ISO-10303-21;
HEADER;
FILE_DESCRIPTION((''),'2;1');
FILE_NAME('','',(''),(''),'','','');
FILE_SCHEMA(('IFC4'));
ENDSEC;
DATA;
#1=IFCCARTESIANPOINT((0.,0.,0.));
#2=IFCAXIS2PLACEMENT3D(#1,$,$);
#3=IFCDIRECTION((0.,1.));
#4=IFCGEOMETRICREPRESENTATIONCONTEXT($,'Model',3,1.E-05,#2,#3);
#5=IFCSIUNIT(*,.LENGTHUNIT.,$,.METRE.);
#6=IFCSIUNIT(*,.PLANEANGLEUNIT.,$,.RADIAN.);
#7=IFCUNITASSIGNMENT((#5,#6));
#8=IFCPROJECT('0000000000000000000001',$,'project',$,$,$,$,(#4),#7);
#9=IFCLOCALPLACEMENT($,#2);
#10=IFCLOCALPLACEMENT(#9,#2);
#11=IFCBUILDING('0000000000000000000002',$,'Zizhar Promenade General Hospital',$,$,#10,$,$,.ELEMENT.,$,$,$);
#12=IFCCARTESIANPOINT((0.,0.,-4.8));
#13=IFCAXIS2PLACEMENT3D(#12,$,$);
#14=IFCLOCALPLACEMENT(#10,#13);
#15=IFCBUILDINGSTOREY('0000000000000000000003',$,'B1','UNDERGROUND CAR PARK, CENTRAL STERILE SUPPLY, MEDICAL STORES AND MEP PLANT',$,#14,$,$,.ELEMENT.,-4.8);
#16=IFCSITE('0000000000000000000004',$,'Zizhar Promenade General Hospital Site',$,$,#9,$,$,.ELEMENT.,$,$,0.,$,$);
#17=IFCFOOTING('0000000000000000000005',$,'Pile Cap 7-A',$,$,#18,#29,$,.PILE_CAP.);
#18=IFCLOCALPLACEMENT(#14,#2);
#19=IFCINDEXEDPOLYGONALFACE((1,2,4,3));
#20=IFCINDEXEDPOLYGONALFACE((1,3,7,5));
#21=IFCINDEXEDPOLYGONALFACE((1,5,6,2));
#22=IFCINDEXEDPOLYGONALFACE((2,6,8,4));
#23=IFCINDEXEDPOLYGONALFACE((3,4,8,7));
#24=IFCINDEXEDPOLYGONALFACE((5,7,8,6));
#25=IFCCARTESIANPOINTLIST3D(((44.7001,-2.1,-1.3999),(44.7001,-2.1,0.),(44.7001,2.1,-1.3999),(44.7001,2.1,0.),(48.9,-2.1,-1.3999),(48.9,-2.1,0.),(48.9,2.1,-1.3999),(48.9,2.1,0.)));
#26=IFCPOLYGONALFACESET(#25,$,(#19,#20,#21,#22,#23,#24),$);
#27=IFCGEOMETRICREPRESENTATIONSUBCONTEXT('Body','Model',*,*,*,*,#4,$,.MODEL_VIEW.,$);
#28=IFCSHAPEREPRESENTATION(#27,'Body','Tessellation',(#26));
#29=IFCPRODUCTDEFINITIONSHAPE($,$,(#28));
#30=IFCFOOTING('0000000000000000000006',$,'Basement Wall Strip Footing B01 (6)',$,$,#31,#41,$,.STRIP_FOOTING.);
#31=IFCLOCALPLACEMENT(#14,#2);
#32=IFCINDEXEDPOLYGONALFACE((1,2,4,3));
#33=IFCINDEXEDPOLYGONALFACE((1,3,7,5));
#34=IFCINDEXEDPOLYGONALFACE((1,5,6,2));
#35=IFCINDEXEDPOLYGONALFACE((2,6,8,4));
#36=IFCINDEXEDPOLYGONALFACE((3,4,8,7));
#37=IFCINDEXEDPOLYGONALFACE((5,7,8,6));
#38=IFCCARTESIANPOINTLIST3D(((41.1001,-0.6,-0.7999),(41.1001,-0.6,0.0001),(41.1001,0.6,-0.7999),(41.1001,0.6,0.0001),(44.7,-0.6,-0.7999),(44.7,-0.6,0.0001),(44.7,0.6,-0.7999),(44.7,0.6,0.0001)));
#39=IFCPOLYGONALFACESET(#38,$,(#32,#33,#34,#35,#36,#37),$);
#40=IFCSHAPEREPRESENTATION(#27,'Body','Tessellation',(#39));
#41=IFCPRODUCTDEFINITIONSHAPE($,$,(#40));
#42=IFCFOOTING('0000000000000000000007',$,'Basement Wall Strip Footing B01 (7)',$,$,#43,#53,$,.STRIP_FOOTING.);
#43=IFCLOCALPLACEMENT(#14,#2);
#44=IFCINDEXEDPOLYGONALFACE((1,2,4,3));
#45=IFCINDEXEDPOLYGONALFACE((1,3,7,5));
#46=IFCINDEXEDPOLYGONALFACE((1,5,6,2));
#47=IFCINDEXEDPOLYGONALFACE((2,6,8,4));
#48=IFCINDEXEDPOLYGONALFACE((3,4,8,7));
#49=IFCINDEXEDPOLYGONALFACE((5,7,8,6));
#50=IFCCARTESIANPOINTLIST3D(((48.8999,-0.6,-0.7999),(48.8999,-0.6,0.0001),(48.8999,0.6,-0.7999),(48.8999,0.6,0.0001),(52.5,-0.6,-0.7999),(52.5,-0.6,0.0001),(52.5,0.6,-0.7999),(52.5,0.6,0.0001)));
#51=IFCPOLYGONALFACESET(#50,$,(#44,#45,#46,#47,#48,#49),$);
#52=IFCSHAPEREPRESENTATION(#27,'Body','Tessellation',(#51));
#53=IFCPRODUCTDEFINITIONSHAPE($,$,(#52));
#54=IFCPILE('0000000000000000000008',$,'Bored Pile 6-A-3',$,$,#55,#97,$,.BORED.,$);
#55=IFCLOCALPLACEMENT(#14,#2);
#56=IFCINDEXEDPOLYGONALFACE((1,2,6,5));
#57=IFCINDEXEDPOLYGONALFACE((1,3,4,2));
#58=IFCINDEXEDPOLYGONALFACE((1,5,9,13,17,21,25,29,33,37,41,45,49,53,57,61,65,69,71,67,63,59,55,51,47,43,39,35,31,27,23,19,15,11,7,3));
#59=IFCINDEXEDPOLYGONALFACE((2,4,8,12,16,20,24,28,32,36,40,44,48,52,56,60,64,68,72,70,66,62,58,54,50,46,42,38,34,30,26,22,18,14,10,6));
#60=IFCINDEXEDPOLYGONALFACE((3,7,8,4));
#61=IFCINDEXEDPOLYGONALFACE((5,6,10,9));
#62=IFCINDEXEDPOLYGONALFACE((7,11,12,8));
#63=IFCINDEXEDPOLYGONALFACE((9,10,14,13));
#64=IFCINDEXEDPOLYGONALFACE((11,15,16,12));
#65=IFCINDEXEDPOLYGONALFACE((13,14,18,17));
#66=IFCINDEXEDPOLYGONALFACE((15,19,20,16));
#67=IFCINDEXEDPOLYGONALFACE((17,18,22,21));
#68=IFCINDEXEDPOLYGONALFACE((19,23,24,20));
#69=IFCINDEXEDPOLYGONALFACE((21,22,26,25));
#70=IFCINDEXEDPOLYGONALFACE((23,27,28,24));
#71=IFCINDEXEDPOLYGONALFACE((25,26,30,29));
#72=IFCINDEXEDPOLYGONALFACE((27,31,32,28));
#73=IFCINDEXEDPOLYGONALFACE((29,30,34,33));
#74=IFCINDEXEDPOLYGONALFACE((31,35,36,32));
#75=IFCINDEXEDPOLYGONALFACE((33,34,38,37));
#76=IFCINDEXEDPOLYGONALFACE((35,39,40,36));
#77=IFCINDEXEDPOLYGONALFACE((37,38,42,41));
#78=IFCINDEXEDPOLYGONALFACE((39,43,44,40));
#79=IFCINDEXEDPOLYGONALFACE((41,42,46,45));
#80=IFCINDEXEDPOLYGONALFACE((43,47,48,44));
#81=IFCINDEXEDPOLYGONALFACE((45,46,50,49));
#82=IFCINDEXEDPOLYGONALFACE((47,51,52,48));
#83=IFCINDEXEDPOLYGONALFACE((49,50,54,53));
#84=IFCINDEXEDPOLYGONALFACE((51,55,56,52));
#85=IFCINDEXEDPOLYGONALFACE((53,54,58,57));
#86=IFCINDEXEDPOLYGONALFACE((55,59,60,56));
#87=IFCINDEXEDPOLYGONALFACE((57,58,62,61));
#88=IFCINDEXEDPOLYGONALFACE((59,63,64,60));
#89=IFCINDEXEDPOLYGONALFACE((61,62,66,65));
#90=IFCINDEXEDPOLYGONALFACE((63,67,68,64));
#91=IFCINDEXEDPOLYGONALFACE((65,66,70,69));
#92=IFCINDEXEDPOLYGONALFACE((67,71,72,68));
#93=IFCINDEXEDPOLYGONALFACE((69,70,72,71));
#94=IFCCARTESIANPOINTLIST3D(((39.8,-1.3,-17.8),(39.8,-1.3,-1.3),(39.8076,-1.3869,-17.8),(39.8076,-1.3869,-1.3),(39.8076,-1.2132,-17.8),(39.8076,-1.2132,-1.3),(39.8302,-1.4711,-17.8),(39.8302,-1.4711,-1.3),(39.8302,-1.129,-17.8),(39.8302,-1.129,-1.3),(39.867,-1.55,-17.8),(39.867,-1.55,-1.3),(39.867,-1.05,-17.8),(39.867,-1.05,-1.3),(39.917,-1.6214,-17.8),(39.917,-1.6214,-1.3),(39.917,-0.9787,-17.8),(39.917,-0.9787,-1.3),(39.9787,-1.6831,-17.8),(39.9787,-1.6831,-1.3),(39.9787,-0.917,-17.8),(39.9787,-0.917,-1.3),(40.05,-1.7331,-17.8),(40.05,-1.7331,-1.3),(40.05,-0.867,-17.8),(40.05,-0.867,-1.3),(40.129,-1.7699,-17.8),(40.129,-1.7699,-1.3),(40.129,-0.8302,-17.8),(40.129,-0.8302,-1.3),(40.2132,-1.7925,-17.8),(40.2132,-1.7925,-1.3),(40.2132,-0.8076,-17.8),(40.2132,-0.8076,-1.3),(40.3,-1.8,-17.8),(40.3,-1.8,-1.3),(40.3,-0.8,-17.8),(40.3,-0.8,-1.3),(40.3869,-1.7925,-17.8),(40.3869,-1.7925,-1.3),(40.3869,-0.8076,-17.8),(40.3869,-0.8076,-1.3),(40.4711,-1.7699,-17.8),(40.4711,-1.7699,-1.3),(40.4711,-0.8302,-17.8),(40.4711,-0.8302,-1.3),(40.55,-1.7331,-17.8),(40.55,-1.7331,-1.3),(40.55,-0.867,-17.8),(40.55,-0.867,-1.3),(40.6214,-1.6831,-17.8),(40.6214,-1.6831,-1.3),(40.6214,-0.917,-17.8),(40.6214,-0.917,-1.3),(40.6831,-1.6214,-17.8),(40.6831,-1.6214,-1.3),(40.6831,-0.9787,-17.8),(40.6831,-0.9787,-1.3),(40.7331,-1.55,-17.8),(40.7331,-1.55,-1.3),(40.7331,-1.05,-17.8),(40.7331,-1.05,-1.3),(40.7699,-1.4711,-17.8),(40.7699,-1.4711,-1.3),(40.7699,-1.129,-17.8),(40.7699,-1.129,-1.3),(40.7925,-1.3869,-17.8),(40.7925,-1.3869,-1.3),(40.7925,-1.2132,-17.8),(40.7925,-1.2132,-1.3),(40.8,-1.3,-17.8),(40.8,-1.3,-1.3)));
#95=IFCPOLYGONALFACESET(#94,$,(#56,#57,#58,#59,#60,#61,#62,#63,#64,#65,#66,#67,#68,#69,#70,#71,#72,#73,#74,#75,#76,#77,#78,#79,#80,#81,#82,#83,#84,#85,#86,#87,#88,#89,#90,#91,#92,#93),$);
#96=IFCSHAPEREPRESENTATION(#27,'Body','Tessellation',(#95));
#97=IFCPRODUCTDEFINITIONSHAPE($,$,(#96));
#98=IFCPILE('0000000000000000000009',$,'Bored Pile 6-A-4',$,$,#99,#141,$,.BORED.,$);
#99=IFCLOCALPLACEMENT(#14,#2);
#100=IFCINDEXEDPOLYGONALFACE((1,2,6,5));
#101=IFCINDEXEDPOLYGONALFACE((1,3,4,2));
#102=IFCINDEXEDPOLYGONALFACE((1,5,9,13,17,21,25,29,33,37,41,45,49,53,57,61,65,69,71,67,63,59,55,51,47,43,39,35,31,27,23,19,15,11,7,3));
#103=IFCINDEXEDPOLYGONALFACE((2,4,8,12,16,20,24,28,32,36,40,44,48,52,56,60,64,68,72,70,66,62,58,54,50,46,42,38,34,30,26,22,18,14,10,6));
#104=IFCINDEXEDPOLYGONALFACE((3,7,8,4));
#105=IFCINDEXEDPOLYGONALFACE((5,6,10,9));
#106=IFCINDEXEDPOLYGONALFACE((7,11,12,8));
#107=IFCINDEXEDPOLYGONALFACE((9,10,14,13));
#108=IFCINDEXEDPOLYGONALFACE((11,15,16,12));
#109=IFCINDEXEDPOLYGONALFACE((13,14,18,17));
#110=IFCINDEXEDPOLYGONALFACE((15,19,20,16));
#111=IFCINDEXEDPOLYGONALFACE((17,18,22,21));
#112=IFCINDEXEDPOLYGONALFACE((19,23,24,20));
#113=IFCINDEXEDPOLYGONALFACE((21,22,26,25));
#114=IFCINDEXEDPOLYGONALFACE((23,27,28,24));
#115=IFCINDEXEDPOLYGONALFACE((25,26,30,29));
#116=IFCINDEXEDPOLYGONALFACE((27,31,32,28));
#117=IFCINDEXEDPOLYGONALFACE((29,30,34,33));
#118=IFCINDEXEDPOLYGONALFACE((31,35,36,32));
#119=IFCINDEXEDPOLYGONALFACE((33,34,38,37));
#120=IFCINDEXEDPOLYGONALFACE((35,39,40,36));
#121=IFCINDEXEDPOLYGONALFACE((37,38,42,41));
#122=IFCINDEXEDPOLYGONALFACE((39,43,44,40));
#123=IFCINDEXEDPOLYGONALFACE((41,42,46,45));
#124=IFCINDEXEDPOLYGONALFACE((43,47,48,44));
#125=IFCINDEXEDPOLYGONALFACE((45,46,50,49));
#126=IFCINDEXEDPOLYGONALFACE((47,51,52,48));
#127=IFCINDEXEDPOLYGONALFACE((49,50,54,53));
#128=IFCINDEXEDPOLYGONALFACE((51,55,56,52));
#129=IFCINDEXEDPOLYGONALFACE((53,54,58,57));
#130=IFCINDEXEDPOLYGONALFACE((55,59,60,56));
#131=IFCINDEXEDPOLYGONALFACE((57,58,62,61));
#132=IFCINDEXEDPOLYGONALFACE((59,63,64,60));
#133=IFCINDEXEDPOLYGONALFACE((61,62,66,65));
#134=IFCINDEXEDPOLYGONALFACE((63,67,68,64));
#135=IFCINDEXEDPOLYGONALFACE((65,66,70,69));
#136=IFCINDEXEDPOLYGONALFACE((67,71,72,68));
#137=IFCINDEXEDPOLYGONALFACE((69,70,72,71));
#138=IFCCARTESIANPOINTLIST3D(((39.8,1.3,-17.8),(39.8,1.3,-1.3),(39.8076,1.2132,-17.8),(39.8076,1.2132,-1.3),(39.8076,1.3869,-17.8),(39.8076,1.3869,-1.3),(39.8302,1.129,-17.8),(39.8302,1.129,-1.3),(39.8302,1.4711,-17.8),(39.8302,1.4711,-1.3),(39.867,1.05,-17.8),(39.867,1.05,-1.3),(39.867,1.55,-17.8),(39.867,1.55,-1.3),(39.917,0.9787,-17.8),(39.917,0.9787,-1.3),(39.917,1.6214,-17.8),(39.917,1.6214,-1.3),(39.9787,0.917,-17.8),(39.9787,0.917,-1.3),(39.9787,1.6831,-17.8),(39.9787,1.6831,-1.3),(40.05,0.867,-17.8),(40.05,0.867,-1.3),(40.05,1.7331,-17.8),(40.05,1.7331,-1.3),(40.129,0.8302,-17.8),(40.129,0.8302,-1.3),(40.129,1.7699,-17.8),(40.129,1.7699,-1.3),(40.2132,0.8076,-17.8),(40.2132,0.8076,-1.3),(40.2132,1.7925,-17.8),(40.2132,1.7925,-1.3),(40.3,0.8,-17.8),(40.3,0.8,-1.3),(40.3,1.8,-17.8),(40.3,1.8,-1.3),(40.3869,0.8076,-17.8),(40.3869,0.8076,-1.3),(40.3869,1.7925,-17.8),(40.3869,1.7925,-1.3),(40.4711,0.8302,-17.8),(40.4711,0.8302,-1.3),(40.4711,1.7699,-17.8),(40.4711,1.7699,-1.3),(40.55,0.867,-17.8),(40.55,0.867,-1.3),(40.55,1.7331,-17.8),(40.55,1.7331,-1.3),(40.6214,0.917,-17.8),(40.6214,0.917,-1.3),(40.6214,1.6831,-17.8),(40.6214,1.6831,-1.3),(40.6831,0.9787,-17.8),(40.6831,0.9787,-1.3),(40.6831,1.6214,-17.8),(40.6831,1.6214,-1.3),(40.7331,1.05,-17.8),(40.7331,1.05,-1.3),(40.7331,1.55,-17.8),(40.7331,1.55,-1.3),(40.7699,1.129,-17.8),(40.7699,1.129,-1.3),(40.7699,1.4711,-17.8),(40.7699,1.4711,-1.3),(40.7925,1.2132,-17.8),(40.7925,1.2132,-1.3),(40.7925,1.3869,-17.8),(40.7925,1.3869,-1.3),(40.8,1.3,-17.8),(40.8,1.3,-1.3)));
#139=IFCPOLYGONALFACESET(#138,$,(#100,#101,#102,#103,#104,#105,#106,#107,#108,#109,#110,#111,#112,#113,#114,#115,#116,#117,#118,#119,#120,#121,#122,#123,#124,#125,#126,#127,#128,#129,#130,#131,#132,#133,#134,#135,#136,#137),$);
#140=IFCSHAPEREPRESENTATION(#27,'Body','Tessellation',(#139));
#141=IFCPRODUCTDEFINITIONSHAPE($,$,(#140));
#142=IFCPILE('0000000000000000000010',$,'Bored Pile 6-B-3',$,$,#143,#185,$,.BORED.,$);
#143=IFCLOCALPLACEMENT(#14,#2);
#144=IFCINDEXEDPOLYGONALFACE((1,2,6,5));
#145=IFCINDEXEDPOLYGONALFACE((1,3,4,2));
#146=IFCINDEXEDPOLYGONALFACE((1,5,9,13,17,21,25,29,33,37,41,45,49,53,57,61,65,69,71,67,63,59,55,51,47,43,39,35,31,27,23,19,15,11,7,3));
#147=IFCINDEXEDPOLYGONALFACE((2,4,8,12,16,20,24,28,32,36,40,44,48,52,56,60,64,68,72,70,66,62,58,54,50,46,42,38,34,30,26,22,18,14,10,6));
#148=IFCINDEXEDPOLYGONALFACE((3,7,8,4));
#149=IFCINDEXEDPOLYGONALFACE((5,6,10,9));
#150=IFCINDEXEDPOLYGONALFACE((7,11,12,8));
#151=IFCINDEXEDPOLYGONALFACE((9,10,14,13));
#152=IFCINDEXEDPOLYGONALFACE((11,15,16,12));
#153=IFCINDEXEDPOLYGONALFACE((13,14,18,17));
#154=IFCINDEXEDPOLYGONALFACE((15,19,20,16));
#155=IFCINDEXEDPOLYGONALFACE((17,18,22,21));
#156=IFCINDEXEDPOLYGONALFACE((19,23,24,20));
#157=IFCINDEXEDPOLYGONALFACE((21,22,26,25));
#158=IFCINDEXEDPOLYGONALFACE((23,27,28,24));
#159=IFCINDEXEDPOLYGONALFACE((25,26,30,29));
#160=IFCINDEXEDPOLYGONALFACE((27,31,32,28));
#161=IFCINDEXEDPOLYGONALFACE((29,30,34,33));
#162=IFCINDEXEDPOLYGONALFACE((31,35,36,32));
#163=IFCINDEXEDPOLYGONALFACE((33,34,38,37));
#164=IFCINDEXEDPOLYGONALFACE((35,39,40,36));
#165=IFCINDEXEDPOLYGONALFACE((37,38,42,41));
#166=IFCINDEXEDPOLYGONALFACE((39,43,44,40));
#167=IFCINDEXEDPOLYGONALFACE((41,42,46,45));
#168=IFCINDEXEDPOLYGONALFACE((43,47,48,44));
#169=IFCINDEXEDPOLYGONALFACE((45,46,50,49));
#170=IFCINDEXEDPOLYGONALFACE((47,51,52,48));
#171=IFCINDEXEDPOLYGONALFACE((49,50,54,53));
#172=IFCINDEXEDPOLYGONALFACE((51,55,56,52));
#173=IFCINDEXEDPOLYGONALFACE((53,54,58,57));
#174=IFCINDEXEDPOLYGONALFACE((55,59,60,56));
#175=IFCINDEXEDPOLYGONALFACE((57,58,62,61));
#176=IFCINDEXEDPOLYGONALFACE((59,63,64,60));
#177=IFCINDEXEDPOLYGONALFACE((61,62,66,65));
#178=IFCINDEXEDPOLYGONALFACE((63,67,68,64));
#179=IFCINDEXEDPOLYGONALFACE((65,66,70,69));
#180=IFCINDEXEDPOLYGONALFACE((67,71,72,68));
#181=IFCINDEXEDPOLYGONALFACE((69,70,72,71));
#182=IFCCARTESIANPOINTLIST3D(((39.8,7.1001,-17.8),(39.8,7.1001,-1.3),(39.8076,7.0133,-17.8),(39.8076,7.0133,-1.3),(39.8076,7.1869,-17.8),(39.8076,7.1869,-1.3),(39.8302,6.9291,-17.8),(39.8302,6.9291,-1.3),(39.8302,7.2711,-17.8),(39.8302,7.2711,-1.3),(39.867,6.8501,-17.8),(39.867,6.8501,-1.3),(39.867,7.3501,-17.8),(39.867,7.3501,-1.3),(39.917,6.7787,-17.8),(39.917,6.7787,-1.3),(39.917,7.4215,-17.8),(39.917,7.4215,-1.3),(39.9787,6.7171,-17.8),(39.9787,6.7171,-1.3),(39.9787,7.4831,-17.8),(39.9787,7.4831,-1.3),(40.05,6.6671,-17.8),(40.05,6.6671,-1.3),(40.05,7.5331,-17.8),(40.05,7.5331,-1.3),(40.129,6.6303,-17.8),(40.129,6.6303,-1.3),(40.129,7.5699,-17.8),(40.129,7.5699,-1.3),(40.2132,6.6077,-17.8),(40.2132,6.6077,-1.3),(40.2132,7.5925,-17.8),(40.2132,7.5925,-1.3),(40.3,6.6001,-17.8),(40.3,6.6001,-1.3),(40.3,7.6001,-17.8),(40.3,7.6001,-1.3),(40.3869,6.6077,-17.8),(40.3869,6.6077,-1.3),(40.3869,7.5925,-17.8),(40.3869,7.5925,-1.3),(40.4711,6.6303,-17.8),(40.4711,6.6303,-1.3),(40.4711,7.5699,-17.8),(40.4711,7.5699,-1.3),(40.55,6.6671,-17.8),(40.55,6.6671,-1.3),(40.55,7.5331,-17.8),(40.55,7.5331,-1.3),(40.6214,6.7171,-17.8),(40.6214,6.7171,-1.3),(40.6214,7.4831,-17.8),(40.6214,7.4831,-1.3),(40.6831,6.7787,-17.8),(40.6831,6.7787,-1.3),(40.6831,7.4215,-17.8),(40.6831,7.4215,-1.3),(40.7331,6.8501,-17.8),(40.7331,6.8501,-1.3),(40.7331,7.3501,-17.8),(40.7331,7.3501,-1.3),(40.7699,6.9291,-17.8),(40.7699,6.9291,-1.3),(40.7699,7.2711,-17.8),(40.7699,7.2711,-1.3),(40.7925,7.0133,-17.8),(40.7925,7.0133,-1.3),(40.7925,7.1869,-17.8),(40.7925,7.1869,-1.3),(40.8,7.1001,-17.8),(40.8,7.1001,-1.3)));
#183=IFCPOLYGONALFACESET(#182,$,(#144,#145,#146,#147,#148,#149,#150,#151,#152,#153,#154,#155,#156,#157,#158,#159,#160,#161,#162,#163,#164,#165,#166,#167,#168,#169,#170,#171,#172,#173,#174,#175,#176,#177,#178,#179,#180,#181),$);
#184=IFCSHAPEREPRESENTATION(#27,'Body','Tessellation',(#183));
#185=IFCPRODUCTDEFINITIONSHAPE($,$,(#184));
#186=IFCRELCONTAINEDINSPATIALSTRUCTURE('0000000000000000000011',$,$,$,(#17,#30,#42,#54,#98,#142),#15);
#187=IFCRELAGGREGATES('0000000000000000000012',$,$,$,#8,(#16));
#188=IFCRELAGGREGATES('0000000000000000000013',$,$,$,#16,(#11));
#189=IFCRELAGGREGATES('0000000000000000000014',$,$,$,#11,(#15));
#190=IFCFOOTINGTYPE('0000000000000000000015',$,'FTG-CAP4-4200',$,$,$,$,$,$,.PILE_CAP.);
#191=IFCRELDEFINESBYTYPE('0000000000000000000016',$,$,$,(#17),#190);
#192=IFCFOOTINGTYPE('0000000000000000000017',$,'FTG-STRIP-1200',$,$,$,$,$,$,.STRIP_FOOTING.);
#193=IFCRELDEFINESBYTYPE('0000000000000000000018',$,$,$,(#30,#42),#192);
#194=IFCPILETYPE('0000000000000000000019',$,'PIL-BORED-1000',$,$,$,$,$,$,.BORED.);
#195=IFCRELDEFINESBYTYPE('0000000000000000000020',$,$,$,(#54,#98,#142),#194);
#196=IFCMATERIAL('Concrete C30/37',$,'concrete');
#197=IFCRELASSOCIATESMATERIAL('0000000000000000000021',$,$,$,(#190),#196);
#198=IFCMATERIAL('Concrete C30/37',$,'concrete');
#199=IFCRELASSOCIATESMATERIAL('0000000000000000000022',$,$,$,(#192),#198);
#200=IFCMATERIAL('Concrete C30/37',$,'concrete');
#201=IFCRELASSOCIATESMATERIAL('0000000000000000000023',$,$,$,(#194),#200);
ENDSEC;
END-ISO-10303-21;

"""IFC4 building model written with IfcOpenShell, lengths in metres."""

from ifc_helpers import new_model, si_unit, direction, frame, origin, origin_2d, place, context, subcontext, project, spatial, rectangle, circle, extrude, material, material_profile, profile_set, type_object, element, save


model = new_model("IFC4")

# Units and contexts
model_context = context("Model", 3, precision=1e-05, world=origin(), true_north=direction((0.0, 1.0)))
body_context = subcontext(model_context, "Body", "Model", "MODEL_VIEW")
ifc_project = project(units=[si_unit("LENGTHUNIT", "METRE"), si_unit("PLANEANGLEUNIT", "RADIAN")], contexts=[model_context])

# Site, building, storey
site_placement = place(None, origin())
site = spatial("IfcSite", under=ifc_project, at=site_placement, Name="Zizhar Promenade General Hospital Site", CompositionType="ELEMENT", RefElevation=0.0)
building_placement = place(site_placement, origin())
building = spatial("IfcBuilding", under=site, at=building_placement, Name="Zizhar Promenade General Hospital", CompositionType="ELEMENT")
storey_placement = place(building_placement, frame((0.0, 0.0, -4.8)))
storey = spatial("IfcBuildingStorey", under=building, at=storey_placement, Name="B1", Description="UNDERGROUND CAR PARK, CENTRAL STERILE SUPPLY, MEDICAL STORES AND MEP PLANT", CompositionType="ELEMENT", Elevation=-4.8)

# Footings
ifc_material_1 = material(Name="Concrete C30/37", Category="concrete")
footing_type_1 = type_object("IfcFootingType", Name="FTG-CAP4-4200", PredefinedType="PILE_CAP", material=ifc_material_1)
footing_1_placement = place(storey_placement, frame((46.8, 0.0, -1.3999), z_axis=(0.0, 0.0, 1.0), x_axis=(1.0, 0.0, 0.0)))
element("IfcFooting", 1, at=footing_1_placement, inside=storey, type_object=footing_type_1, Name="Pile Cap 7-A", PredefinedType="PILE_CAP", context=body_context, shape_type="SweptSolid", body=[
    extrude(rectangle(XDim=4.2, YDim=4.2, at=origin_2d()), origin(), (0.0, 0.0, 1.0), 1.3999),
])
ifc_material_2 = material(Name="Concrete C30/37", Category="concrete")
ifc_material_profile_1 = material_profile(ifc_material_2, rectangle(XDim=1.2, YDim=0.8, at=origin_2d()))
ifc_profile_set_1 = profile_set([ifc_material_profile_1], Name="Concrete C30/37")
footing_type_2 = type_object("IfcFootingType", Name="FTG-STRIP-1200", PredefinedType="STRIP_FOOTING", material=ifc_profile_set_1)
footing_2_placement = place(storey_placement, frame((41.1001, 0.0, -0.3999), z_axis=(1.0, 0.0, 0.0), x_axis=(0.0, 1.0, 0.0)))
element("IfcFooting", 2, at=footing_2_placement, inside=storey, type_object=footing_type_2, Name="Basement Wall Strip Footing B01 (6)", PredefinedType="STRIP_FOOTING", context=body_context, shape_type="SweptSolid", body=[
    extrude(rectangle(XDim=1.2, YDim=0.8, at=origin_2d()), origin(), (0.0, 0.0, 1.0), 3.5999),
])
footing_3_placement = place(storey_placement, frame((48.8999, 0.0, -0.3999), z_axis=(1.0, 0.0, 0.0), x_axis=(0.0, 1.0, 0.0)))
element("IfcFooting", 3, at=footing_3_placement, inside=storey, type_object=footing_type_2, Name="Basement Wall Strip Footing B01 (7)", PredefinedType="STRIP_FOOTING", context=body_context, shape_type="SweptSolid", body=[
    extrude(rectangle(XDim=1.2, YDim=0.8, at=origin_2d()), origin(), (0.0, 0.0, 1.0), 3.6001),
])

# Piles
ifc_material_3 = material(Name="Concrete C30/37", Category="concrete")
ifc_material_profile_2 = material_profile(ifc_material_3, circle(Radius=0.5, at=origin_2d()))
ifc_profile_set_2 = profile_set([ifc_material_profile_2], Name="Concrete C30/37")
pile_type = type_object("IfcPileType", Name="PIL-BORED-1000", PredefinedType="BORED", material=ifc_profile_set_2)
for number, where, z_axis, x_axis, name in (
    (4, (40.3, -1.3, -1.3), (0.0, 0.0, -1.0), (1.0, 0.0, 0.0), "Bored Pile 6-A-3"),
    (5, (40.3, 1.3, -1.3), (0.0, 0.0, -1.0), (1.0, 0.0, 0.0), "Bored Pile 6-A-4"),
    (6, (40.3, 7.1001, -1.3), (0.0, 0.0, -1.0), (1.0, 0.0, 0.0), "Bored Pile 6-B-3"),
):
    element("IfcPile", number, at=place(storey_placement, frame(where, z_axis=z_axis, x_axis=x_axis)), inside=storey, type_object=pile_type, Name=name, PredefinedType="BORED", context=body_context, shape_type="SweptSolid", body=[
        extrude(circle(Radius=0.5, at=origin_2d()), origin(), (0.0, 0.0, 1.0), 16.5),
    ])

save(model, "model.ifc")
